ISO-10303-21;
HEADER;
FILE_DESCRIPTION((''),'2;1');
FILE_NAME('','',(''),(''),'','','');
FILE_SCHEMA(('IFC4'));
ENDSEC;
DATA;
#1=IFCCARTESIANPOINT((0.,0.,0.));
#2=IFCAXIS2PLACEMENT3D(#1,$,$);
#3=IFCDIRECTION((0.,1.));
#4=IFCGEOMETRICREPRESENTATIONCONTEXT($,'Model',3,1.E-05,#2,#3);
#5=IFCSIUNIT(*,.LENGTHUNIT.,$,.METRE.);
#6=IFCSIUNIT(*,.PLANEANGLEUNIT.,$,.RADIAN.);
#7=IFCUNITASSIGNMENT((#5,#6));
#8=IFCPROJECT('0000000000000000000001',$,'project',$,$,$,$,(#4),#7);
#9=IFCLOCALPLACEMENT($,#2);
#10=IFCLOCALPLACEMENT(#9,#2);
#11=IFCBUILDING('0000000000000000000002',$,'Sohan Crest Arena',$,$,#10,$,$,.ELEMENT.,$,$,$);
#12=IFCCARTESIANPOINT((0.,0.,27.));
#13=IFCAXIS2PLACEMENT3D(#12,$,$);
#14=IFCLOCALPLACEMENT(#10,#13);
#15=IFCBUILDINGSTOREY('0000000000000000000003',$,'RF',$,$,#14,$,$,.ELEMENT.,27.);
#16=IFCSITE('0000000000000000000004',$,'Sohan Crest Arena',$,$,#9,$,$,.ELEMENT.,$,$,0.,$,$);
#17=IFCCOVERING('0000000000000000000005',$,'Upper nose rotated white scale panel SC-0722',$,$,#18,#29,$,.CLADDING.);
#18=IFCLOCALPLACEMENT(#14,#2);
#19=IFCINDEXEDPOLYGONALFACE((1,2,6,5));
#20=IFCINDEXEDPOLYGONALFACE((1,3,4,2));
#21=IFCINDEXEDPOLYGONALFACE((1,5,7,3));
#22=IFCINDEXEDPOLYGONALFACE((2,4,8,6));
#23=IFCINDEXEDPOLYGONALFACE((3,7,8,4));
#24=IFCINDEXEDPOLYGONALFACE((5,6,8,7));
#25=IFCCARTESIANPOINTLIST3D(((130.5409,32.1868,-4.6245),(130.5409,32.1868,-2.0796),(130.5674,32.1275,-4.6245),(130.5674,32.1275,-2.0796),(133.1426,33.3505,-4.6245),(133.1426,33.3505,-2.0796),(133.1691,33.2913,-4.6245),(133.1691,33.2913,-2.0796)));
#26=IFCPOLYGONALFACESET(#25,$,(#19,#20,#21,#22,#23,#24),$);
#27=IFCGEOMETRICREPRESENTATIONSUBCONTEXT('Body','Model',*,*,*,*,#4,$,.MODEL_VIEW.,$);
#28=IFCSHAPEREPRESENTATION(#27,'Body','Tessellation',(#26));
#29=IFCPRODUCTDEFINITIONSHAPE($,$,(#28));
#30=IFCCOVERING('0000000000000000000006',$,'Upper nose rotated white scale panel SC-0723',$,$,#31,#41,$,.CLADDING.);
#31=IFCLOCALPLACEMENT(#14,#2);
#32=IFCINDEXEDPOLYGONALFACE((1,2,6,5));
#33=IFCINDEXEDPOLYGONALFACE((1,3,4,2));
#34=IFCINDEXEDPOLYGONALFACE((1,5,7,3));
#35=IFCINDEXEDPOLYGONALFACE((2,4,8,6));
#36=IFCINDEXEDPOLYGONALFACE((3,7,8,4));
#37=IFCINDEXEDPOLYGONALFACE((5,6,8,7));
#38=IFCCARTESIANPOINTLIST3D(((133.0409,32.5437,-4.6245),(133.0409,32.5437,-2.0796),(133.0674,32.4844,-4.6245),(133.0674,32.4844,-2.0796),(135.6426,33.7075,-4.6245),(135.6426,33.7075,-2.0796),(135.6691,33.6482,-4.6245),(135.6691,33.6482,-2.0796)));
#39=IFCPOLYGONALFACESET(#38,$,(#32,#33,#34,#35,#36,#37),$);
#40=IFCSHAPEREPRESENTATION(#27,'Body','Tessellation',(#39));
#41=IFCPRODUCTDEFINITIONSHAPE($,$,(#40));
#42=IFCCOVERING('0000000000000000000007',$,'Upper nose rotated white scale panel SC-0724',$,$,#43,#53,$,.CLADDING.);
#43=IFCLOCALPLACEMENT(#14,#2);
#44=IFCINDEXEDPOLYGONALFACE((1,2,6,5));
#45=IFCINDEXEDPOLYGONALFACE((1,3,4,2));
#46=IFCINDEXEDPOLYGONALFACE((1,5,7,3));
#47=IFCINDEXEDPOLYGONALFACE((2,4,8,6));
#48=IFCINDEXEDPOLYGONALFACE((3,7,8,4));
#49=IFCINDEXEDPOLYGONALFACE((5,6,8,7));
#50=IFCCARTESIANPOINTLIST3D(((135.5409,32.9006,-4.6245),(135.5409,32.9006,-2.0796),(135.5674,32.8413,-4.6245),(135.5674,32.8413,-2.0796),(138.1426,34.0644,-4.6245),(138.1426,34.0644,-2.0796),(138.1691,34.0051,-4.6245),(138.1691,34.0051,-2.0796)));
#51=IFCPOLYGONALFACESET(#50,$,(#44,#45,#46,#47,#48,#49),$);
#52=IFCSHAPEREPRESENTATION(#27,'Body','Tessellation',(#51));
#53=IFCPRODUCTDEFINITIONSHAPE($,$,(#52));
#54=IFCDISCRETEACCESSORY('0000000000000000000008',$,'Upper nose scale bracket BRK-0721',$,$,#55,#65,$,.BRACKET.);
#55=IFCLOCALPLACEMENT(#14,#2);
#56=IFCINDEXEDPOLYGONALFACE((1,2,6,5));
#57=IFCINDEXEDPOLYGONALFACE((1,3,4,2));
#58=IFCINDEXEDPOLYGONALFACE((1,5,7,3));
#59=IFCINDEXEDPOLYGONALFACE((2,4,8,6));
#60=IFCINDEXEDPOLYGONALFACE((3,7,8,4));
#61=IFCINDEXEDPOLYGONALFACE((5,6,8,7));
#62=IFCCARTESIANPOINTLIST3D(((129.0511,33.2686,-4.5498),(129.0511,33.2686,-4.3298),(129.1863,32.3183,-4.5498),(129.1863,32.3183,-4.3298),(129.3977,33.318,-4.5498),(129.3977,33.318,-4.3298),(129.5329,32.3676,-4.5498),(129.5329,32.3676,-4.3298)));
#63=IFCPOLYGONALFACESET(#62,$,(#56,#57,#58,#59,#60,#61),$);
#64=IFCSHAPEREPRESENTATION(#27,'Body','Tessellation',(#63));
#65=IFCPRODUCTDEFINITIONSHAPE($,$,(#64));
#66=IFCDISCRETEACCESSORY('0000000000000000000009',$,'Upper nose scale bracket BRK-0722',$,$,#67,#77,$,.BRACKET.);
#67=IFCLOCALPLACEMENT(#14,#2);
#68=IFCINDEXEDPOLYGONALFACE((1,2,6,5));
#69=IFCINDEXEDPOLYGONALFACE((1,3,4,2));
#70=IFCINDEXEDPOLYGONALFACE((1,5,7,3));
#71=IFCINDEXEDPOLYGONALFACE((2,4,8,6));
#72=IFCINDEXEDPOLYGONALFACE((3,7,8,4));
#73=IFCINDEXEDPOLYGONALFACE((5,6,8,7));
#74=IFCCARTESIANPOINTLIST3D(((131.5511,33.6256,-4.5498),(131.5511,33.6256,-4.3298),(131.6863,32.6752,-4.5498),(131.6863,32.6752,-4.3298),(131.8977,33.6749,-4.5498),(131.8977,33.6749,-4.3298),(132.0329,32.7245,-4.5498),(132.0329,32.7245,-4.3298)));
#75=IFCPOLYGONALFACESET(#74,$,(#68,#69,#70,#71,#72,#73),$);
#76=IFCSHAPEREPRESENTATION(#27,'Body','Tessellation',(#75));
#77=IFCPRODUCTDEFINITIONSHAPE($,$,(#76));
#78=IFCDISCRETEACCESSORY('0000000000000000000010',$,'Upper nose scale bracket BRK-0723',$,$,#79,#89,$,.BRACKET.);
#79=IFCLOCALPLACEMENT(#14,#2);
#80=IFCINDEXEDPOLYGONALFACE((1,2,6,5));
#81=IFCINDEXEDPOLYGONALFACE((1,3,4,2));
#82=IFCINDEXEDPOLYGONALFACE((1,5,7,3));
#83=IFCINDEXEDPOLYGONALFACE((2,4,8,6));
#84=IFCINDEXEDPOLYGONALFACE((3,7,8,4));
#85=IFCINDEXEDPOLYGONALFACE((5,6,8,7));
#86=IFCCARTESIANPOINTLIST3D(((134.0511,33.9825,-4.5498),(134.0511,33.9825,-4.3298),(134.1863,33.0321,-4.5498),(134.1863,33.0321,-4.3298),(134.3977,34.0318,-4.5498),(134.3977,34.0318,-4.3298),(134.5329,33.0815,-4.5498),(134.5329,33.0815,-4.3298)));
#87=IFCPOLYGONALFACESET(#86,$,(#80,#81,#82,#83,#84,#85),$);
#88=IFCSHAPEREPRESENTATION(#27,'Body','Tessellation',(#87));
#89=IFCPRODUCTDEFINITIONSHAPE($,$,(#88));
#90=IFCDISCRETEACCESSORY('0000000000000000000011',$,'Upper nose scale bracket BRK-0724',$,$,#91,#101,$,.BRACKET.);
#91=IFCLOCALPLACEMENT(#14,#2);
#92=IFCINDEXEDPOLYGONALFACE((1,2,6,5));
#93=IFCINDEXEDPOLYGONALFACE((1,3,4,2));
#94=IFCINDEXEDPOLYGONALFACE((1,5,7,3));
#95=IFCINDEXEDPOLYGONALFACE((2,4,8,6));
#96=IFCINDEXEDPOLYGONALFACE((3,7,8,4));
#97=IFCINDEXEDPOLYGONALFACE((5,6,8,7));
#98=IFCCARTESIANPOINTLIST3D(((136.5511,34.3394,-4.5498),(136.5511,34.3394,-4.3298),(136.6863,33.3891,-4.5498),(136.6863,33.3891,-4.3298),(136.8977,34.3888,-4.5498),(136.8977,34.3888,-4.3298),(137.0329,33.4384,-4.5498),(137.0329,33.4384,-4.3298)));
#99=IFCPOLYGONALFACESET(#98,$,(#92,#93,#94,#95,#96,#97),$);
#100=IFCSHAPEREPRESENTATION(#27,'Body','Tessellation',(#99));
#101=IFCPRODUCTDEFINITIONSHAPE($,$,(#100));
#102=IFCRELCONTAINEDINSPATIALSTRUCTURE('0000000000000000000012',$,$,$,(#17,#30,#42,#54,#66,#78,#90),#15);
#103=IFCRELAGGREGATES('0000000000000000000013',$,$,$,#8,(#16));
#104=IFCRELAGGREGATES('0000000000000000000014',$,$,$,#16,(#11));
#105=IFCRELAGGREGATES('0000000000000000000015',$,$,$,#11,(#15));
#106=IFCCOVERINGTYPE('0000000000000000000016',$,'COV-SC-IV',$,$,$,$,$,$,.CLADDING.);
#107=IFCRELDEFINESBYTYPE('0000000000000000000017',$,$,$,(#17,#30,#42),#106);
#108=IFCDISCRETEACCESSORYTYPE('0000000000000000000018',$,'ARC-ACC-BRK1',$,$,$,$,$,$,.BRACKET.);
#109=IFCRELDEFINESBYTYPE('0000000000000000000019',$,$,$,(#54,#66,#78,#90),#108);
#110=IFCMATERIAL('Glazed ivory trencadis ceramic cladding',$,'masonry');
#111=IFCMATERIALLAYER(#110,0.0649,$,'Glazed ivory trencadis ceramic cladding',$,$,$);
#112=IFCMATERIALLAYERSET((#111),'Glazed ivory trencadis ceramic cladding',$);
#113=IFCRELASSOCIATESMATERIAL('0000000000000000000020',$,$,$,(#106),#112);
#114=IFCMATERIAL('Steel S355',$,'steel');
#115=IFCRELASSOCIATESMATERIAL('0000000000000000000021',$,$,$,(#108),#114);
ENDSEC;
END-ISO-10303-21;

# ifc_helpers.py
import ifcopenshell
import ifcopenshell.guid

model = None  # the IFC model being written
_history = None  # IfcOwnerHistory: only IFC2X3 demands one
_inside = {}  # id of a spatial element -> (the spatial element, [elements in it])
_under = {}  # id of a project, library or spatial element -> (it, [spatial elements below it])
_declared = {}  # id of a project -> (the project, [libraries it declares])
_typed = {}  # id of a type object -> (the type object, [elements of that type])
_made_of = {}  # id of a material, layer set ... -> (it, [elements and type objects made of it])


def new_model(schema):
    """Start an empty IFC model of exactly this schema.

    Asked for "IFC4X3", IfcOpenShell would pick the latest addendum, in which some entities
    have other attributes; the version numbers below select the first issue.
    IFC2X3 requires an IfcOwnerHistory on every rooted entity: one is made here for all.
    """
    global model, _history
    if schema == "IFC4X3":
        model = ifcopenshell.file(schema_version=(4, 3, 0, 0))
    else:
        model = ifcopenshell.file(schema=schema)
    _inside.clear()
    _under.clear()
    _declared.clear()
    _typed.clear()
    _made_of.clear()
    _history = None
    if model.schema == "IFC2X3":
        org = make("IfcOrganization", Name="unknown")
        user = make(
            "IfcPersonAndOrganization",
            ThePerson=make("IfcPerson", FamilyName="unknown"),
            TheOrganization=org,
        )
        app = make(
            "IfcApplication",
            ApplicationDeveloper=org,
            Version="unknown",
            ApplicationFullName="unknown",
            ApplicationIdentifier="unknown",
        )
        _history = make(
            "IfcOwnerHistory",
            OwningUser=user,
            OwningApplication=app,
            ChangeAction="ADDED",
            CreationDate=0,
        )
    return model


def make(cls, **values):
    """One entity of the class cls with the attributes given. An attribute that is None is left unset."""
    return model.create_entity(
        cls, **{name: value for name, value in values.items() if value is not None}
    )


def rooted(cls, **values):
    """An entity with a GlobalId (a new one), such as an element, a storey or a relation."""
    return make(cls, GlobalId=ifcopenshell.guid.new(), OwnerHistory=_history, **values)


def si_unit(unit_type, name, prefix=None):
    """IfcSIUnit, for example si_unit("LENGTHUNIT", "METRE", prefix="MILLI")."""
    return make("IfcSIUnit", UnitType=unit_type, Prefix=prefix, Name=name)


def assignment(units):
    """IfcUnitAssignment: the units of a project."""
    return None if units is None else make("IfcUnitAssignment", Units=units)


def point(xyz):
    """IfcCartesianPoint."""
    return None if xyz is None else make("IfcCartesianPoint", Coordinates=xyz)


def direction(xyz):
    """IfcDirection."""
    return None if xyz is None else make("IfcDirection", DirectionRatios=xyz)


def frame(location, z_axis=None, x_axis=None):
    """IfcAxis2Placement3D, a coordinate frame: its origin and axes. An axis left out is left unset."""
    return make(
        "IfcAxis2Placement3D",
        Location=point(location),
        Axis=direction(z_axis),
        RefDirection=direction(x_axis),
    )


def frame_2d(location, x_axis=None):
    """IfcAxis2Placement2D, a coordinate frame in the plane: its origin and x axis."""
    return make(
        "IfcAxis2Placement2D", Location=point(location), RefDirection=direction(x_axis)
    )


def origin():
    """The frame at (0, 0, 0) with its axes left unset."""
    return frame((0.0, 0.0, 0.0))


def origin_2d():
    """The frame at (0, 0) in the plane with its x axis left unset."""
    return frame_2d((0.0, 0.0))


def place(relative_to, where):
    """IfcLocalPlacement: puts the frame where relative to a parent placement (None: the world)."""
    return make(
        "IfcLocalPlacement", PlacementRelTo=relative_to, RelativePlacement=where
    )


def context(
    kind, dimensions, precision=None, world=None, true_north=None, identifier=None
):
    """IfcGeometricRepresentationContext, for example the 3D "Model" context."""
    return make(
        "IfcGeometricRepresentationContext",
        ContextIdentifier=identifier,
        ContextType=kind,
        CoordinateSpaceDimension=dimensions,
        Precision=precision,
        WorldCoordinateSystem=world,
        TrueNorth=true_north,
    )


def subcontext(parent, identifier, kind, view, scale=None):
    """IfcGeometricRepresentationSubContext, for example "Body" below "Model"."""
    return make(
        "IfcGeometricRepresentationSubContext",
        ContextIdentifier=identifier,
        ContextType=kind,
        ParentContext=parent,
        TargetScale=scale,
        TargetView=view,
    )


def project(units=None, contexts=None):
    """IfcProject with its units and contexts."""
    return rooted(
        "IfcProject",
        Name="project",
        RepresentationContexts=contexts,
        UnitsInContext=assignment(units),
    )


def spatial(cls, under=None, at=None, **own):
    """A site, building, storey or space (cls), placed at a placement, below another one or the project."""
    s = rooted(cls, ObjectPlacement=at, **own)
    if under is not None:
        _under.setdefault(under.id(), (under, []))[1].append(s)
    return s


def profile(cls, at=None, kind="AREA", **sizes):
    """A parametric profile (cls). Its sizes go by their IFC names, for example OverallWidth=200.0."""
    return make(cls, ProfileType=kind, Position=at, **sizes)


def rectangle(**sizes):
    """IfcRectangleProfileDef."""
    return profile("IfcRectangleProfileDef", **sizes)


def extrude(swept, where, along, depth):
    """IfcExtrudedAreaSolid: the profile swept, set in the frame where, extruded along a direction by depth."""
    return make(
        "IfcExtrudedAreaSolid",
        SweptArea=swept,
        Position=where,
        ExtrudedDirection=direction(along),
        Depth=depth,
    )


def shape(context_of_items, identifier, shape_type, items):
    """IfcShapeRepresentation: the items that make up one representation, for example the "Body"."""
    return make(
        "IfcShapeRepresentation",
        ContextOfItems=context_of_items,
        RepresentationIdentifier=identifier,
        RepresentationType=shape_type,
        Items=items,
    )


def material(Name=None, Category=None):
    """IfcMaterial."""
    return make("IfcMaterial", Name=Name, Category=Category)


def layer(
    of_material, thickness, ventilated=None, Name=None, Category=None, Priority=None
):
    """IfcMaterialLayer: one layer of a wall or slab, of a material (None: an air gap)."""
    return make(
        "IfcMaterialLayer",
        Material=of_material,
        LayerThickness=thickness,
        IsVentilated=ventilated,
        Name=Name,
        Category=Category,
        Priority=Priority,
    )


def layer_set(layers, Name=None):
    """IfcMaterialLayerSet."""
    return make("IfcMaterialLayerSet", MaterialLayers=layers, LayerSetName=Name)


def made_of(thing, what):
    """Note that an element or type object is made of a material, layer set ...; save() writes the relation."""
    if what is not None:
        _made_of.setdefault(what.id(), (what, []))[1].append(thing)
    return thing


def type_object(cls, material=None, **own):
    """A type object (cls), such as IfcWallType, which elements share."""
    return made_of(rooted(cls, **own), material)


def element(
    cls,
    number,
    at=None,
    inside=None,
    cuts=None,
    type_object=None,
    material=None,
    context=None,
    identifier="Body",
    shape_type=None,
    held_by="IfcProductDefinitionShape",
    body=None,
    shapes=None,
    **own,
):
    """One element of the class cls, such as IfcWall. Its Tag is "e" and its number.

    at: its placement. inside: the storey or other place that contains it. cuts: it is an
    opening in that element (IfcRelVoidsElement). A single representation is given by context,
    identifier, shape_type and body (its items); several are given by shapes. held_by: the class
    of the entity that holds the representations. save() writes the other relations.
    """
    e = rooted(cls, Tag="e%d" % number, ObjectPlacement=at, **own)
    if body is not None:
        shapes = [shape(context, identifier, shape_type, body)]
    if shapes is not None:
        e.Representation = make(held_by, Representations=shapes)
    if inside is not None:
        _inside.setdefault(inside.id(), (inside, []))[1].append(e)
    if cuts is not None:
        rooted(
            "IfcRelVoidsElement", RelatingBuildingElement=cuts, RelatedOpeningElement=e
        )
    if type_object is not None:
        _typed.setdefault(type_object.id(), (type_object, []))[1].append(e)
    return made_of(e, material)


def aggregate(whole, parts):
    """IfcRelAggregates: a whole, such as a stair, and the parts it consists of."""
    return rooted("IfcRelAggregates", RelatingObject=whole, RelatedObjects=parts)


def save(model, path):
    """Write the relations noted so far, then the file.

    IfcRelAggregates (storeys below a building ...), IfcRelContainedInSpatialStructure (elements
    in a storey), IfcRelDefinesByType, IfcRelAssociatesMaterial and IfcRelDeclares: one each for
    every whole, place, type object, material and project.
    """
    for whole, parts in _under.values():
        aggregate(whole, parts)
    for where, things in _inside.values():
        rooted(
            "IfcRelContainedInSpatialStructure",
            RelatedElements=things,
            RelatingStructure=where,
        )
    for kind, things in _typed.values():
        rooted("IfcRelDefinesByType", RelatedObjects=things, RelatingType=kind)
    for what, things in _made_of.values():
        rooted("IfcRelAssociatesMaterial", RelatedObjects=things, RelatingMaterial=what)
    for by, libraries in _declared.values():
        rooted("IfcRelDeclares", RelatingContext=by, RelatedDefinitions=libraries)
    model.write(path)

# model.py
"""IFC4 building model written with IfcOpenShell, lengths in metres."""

from ifc_helpers import new_model, si_unit, direction, frame, origin, origin_2d, place, context, subcontext, project, spatial, rectangle, extrude, material, layer, layer_set, type_object, element, save


model = new_model("IFC4")

# Units and contexts
model_context = context("Model", 3, precision=1e-05, world=origin(), true_north=direction((0.0, 1.0)))
body_context = subcontext(model_context, "Body", "Model", "MODEL_VIEW")
ifc_project = project(units=[si_unit("LENGTHUNIT", "METRE"), si_unit("PLANEANGLEUNIT", "RADIAN")], contexts=[model_context])

# Site, building, storey
site_placement = place(None, origin())
site = spatial("IfcSite", under=ifc_project, at=site_placement, Name="Sohan Crest Arena", CompositionType="ELEMENT", RefElevation=0.0)
building_placement = place(site_placement, origin())
building = spatial("IfcBuilding", under=site, at=building_placement, Name="Sohan Crest Arena", CompositionType="ELEMENT")
storey_placement = place(building_placement, frame((0.0, 0.0, 27.0)))
storey = spatial("IfcBuildingStorey", under=building, at=storey_placement, Name="RF", CompositionType="ELEMENT", Elevation=27.0)

# Shared definitions
ifc_material_1 = material(Name="Steel S355", Category="steel")

# Coverings
ifc_material_2 = material(Name="Glazed ivory trencadis ceramic cladding", Category="masonry")
ifc_layer_1 = layer(ifc_material_2, 0.0649, Name="Glazed ivory trencadis ceramic cladding")
ifc_layer_set_1 = layer_set([ifc_layer_1], Name="Glazed ivory trencadis ceramic cladding")
covering_type_1 = type_object("IfcCoveringType", Name="COV-SC-IV", PredefinedType="CLADDING", material=ifc_layer_set_1)
for number, where, z_axis, x_axis, name in (
    (1, (131.855, 32.739, -4.6245), (0.0, 0.0, 1.0), (0.912834, 0.40833, 0.0), "Upper nose rotated white scale panel SC-0722"),
    (2, (134.355, 33.0959, -4.6245), (0.0, 0.0, 1.0), (0.912834, 0.40833, 0.0), "Upper nose rotated white scale panel SC-0723"),
    (3, (136.855, 33.4529, -4.6245), (0.0, 0.0, 1.0), (0.912834, 0.40833, 0.0), "Upper nose rotated white scale panel SC-0724"),
):
    element("IfcCovering", number, at=place(storey_placement, frame(where, z_axis=z_axis, x_axis=x_axis)), inside=storey, type_object=covering_type_1, Name=name, PredefinedType="CLADDING", context=body_context, shape_type="SweptSolid", body=[
        extrude(rectangle(XDim=2.8501, YDim=0.0649, at=origin_2d()), origin(), (0.0, 0.0, 1.0), 2.5449),
    ])

# Discrete accessories
discrete_accessory_type = type_object("IfcDiscreteAccessoryType", Name="ARC-ACC-BRK1", PredefinedType="BRACKET", material=ifc_material_1)
for number, where, z_axis, x_axis, name in (
    (4, (129.292, 32.8181, -4.5498), (0.0, 0.0, 1.0), (0.990024, 0.140901, 0.0), "Upper nose scale bracket BRK-0721"),
    (5, (131.792, 33.175, -4.5498), (0.0, 0.0, 1.0), (0.990024, 0.140901, 0.0), "Upper nose scale bracket BRK-0722"),
    (6, (134.292, 33.532, -4.5498), (0.0, 0.0, 1.0), (0.990024, 0.140901, 0.0), "Upper nose scale bracket BRK-0723"),
    (7, (136.792, 33.8889, -4.5498), (0.0, 0.0, 1.0), (0.990024, 0.140901, 0.0), "Upper nose scale bracket BRK-0724"),
):
    element("IfcDiscreteAccessory", number, at=place(storey_placement, frame(where, z_axis=z_axis, x_axis=x_axis)), inside=storey, type_object=discrete_accessory_type, Name=name, PredefinedType="BRACKET", context=body_context, shape_type="SweptSolid", body=[
        extrude(rectangle(XDim=0.3501, YDim=0.96, at=origin_2d()), origin(), (0.0, 0.0, 1.0), 0.22),
    ])

save(model, "model.ifc")
